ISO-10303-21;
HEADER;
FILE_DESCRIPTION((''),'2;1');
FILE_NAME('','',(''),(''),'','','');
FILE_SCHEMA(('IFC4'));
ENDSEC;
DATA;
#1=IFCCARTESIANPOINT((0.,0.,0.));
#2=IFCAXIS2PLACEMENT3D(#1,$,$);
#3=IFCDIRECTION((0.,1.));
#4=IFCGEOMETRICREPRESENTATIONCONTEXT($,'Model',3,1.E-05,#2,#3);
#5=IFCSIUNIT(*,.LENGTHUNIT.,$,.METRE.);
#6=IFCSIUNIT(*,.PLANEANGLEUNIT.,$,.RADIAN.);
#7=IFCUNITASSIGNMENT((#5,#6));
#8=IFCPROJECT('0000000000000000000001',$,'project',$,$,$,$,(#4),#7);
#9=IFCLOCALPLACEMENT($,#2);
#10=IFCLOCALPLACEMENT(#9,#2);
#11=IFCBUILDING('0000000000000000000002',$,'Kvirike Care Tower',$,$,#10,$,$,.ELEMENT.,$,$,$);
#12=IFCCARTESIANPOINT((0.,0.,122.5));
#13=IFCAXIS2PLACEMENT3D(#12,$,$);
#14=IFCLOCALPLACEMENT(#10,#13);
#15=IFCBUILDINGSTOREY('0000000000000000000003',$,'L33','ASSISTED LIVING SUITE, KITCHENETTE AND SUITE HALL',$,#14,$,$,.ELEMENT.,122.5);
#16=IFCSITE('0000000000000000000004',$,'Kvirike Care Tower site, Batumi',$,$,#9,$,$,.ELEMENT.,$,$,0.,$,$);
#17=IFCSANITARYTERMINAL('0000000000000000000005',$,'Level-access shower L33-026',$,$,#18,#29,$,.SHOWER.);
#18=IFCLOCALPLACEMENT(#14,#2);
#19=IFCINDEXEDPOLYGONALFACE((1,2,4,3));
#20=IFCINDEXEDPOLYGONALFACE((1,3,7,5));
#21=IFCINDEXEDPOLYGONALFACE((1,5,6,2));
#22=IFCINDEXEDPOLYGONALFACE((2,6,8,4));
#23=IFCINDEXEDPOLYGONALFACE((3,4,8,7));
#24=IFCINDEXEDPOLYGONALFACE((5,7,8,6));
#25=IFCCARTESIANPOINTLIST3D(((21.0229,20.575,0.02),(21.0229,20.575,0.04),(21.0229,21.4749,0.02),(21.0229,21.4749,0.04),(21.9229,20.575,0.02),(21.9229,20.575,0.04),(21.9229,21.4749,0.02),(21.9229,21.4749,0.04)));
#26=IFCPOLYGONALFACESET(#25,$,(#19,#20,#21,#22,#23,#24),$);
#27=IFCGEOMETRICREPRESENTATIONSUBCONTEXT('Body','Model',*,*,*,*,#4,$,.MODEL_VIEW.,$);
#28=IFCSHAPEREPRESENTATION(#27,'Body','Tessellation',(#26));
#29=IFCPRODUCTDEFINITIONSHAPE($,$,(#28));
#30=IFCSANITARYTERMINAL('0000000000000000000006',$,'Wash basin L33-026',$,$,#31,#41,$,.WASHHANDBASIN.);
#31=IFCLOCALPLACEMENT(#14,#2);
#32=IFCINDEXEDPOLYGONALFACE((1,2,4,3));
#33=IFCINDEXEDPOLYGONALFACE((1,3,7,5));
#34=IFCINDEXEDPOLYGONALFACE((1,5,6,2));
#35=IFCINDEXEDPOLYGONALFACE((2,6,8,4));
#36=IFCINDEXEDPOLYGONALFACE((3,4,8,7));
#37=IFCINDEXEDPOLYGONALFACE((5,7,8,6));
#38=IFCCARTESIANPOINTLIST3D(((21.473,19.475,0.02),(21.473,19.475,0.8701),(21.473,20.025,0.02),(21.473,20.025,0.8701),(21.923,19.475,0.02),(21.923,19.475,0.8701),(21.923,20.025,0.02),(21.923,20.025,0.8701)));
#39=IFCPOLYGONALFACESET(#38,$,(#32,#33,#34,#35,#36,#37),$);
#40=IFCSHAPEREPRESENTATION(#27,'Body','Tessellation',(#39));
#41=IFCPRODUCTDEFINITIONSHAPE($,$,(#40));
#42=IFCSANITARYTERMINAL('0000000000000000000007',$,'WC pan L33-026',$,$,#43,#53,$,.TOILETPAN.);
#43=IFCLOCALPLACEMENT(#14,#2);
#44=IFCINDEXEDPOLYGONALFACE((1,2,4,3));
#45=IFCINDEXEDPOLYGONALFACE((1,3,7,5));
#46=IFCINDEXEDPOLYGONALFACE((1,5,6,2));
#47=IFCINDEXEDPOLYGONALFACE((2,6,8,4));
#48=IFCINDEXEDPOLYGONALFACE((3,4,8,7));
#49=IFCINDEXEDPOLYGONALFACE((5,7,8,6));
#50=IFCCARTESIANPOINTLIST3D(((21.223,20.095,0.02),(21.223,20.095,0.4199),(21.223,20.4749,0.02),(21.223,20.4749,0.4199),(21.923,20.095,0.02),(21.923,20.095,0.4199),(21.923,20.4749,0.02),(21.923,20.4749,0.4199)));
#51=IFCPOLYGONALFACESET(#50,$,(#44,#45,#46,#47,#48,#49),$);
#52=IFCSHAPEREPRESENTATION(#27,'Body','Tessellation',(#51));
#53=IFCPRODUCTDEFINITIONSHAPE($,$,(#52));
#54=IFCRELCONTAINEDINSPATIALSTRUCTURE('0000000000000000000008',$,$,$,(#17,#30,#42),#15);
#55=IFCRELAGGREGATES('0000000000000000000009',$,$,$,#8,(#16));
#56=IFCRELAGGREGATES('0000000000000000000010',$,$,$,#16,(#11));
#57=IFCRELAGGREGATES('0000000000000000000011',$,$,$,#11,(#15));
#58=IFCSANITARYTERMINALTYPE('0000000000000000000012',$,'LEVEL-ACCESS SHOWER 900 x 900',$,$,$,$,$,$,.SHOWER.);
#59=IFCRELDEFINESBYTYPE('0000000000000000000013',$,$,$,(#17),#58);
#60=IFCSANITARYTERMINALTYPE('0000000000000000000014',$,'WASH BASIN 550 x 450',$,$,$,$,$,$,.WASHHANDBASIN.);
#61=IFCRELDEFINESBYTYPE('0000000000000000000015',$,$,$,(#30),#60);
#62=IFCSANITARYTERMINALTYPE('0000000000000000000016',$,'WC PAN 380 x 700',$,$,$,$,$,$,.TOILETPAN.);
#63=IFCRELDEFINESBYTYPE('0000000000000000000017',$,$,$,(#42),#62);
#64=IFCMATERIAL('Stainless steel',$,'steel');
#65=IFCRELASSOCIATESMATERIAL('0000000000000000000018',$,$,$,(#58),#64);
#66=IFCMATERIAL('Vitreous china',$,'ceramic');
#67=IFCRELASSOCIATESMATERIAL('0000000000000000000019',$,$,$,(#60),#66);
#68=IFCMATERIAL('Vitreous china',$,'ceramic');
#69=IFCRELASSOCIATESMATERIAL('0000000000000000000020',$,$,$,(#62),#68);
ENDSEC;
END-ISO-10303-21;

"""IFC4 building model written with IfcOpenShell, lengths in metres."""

from ifc_helpers import new_model, si_unit, direction, frame, origin, origin_2d, place, context, subcontext, project, spatial, rectangle, extrude, material, type_object, element, save


model = new_model("IFC4")

# Units and contexts
model_context = context("Model", 3, precision=1e-05, world=origin(), true_north=direction((0.0, 1.0)))
body_context = subcontext(model_context, "Body", "Model", "MODEL_VIEW")
ifc_project = project(units=[si_unit("LENGTHUNIT", "METRE"), si_unit("PLANEANGLEUNIT", "RADIAN")], contexts=[model_context])

# Site, building, storey
site_placement = place(None, origin())
site = spatial("IfcSite", under=ifc_project, at=site_placement, Name="Kvirike Care Tower site, Batumi", CompositionType="ELEMENT", RefElevation=0.0)
building_placement = place(site_placement, origin())
building = spatial("IfcBuilding", under=site, at=building_placement, Name="Kvirike Care Tower", CompositionType="ELEMENT")
storey_placement = place(building_placement, frame((0.0, 0.0, 122.5)))
storey = spatial("IfcBuildingStorey", under=building, at=storey_placement, Name="L33", Description="ASSISTED LIVING SUITE, KITCHENETTE AND SUITE HALL", CompositionType="ELEMENT", Elevation=122.5)

# Sanitary terminals
ifc_material_1 = material(Name="Stainless steel", Category="steel")
sanitary_terminal_type_1 = type_object("IfcSanitaryTerminalType", Name="LEVEL-ACCESS SHOWER 900 x 900", PredefinedType="SHOWER", material=ifc_material_1)
sanitary_terminal_1_placement = place(storey_placement, frame((21.4729, 21.0249, 0.02), z_axis=(0.0, 0.0, 1.0), x_axis=(0.0, -1.0, 0.0)))
element("IfcSanitaryTerminal", 1, at=sanitary_terminal_1_placement, inside=storey, type_object=sanitary_terminal_type_1, Name="Level-access shower L33-026", PredefinedType="SHOWER", context=body_context, shape_type="SweptSolid", body=[
    extrude(rectangle(XDim=0.8999, YDim=0.8999, at=origin_2d()), origin(), (0.0, 0.0, 1.0), 0.02),
])
ifc_material_2 = material(Name="Vitreous china", Category="ceramic")
sanitary_terminal_type_2 = type_object("IfcSanitaryTerminalType", Name="WASH BASIN 550 x 450", PredefinedType="WASHHANDBASIN", material=ifc_material_2)
sanitary_terminal_2_placement = place(storey_placement, frame((21.698, 19.75, 0.02), z_axis=(0.0, 0.0, 1.0), x_axis=(0.0, -1.0, 0.0)))
element("IfcSanitaryTerminal", 2, at=sanitary_terminal_2_placement, inside=storey, type_object=sanitary_terminal_type_2, Name="Wash basin L33-026", PredefinedType="WASHHANDBASIN", context=body_context, shape_type="SweptSolid", body=[
    extrude(rectangle(XDim=0.55, YDim=0.45, at=origin_2d()), origin(), (0.0, 0.0, 1.0), 0.8501),
])
ifc_material_3 = material(Name="Vitreous china", Category="ceramic")
sanitary_terminal_type_3 = type_object("IfcSanitaryTerminalType", Name="WC PAN 380 x 700", PredefinedType="TOILETPAN", material=ifc_material_3)
sanitary_terminal_3_placement = place(storey_placement, frame((21.573, 20.2849, 0.02), z_axis=(0.0, 0.0, 1.0), x_axis=(0.0, -1.0, 0.0)))
element("IfcSanitaryTerminal", 3, at=sanitary_terminal_3_placement, inside=storey, type_object=sanitary_terminal_type_3, Name="WC pan L33-026", PredefinedType="TOILETPAN", context=body_context, shape_type="SweptSolid", body=[
    extrude(rectangle(XDim=0.3799, YDim=0.7, at=origin_2d()), origin(), (0.0, 0.0, 1.0), 0.3999),
])

save(model, "model.ifc")
